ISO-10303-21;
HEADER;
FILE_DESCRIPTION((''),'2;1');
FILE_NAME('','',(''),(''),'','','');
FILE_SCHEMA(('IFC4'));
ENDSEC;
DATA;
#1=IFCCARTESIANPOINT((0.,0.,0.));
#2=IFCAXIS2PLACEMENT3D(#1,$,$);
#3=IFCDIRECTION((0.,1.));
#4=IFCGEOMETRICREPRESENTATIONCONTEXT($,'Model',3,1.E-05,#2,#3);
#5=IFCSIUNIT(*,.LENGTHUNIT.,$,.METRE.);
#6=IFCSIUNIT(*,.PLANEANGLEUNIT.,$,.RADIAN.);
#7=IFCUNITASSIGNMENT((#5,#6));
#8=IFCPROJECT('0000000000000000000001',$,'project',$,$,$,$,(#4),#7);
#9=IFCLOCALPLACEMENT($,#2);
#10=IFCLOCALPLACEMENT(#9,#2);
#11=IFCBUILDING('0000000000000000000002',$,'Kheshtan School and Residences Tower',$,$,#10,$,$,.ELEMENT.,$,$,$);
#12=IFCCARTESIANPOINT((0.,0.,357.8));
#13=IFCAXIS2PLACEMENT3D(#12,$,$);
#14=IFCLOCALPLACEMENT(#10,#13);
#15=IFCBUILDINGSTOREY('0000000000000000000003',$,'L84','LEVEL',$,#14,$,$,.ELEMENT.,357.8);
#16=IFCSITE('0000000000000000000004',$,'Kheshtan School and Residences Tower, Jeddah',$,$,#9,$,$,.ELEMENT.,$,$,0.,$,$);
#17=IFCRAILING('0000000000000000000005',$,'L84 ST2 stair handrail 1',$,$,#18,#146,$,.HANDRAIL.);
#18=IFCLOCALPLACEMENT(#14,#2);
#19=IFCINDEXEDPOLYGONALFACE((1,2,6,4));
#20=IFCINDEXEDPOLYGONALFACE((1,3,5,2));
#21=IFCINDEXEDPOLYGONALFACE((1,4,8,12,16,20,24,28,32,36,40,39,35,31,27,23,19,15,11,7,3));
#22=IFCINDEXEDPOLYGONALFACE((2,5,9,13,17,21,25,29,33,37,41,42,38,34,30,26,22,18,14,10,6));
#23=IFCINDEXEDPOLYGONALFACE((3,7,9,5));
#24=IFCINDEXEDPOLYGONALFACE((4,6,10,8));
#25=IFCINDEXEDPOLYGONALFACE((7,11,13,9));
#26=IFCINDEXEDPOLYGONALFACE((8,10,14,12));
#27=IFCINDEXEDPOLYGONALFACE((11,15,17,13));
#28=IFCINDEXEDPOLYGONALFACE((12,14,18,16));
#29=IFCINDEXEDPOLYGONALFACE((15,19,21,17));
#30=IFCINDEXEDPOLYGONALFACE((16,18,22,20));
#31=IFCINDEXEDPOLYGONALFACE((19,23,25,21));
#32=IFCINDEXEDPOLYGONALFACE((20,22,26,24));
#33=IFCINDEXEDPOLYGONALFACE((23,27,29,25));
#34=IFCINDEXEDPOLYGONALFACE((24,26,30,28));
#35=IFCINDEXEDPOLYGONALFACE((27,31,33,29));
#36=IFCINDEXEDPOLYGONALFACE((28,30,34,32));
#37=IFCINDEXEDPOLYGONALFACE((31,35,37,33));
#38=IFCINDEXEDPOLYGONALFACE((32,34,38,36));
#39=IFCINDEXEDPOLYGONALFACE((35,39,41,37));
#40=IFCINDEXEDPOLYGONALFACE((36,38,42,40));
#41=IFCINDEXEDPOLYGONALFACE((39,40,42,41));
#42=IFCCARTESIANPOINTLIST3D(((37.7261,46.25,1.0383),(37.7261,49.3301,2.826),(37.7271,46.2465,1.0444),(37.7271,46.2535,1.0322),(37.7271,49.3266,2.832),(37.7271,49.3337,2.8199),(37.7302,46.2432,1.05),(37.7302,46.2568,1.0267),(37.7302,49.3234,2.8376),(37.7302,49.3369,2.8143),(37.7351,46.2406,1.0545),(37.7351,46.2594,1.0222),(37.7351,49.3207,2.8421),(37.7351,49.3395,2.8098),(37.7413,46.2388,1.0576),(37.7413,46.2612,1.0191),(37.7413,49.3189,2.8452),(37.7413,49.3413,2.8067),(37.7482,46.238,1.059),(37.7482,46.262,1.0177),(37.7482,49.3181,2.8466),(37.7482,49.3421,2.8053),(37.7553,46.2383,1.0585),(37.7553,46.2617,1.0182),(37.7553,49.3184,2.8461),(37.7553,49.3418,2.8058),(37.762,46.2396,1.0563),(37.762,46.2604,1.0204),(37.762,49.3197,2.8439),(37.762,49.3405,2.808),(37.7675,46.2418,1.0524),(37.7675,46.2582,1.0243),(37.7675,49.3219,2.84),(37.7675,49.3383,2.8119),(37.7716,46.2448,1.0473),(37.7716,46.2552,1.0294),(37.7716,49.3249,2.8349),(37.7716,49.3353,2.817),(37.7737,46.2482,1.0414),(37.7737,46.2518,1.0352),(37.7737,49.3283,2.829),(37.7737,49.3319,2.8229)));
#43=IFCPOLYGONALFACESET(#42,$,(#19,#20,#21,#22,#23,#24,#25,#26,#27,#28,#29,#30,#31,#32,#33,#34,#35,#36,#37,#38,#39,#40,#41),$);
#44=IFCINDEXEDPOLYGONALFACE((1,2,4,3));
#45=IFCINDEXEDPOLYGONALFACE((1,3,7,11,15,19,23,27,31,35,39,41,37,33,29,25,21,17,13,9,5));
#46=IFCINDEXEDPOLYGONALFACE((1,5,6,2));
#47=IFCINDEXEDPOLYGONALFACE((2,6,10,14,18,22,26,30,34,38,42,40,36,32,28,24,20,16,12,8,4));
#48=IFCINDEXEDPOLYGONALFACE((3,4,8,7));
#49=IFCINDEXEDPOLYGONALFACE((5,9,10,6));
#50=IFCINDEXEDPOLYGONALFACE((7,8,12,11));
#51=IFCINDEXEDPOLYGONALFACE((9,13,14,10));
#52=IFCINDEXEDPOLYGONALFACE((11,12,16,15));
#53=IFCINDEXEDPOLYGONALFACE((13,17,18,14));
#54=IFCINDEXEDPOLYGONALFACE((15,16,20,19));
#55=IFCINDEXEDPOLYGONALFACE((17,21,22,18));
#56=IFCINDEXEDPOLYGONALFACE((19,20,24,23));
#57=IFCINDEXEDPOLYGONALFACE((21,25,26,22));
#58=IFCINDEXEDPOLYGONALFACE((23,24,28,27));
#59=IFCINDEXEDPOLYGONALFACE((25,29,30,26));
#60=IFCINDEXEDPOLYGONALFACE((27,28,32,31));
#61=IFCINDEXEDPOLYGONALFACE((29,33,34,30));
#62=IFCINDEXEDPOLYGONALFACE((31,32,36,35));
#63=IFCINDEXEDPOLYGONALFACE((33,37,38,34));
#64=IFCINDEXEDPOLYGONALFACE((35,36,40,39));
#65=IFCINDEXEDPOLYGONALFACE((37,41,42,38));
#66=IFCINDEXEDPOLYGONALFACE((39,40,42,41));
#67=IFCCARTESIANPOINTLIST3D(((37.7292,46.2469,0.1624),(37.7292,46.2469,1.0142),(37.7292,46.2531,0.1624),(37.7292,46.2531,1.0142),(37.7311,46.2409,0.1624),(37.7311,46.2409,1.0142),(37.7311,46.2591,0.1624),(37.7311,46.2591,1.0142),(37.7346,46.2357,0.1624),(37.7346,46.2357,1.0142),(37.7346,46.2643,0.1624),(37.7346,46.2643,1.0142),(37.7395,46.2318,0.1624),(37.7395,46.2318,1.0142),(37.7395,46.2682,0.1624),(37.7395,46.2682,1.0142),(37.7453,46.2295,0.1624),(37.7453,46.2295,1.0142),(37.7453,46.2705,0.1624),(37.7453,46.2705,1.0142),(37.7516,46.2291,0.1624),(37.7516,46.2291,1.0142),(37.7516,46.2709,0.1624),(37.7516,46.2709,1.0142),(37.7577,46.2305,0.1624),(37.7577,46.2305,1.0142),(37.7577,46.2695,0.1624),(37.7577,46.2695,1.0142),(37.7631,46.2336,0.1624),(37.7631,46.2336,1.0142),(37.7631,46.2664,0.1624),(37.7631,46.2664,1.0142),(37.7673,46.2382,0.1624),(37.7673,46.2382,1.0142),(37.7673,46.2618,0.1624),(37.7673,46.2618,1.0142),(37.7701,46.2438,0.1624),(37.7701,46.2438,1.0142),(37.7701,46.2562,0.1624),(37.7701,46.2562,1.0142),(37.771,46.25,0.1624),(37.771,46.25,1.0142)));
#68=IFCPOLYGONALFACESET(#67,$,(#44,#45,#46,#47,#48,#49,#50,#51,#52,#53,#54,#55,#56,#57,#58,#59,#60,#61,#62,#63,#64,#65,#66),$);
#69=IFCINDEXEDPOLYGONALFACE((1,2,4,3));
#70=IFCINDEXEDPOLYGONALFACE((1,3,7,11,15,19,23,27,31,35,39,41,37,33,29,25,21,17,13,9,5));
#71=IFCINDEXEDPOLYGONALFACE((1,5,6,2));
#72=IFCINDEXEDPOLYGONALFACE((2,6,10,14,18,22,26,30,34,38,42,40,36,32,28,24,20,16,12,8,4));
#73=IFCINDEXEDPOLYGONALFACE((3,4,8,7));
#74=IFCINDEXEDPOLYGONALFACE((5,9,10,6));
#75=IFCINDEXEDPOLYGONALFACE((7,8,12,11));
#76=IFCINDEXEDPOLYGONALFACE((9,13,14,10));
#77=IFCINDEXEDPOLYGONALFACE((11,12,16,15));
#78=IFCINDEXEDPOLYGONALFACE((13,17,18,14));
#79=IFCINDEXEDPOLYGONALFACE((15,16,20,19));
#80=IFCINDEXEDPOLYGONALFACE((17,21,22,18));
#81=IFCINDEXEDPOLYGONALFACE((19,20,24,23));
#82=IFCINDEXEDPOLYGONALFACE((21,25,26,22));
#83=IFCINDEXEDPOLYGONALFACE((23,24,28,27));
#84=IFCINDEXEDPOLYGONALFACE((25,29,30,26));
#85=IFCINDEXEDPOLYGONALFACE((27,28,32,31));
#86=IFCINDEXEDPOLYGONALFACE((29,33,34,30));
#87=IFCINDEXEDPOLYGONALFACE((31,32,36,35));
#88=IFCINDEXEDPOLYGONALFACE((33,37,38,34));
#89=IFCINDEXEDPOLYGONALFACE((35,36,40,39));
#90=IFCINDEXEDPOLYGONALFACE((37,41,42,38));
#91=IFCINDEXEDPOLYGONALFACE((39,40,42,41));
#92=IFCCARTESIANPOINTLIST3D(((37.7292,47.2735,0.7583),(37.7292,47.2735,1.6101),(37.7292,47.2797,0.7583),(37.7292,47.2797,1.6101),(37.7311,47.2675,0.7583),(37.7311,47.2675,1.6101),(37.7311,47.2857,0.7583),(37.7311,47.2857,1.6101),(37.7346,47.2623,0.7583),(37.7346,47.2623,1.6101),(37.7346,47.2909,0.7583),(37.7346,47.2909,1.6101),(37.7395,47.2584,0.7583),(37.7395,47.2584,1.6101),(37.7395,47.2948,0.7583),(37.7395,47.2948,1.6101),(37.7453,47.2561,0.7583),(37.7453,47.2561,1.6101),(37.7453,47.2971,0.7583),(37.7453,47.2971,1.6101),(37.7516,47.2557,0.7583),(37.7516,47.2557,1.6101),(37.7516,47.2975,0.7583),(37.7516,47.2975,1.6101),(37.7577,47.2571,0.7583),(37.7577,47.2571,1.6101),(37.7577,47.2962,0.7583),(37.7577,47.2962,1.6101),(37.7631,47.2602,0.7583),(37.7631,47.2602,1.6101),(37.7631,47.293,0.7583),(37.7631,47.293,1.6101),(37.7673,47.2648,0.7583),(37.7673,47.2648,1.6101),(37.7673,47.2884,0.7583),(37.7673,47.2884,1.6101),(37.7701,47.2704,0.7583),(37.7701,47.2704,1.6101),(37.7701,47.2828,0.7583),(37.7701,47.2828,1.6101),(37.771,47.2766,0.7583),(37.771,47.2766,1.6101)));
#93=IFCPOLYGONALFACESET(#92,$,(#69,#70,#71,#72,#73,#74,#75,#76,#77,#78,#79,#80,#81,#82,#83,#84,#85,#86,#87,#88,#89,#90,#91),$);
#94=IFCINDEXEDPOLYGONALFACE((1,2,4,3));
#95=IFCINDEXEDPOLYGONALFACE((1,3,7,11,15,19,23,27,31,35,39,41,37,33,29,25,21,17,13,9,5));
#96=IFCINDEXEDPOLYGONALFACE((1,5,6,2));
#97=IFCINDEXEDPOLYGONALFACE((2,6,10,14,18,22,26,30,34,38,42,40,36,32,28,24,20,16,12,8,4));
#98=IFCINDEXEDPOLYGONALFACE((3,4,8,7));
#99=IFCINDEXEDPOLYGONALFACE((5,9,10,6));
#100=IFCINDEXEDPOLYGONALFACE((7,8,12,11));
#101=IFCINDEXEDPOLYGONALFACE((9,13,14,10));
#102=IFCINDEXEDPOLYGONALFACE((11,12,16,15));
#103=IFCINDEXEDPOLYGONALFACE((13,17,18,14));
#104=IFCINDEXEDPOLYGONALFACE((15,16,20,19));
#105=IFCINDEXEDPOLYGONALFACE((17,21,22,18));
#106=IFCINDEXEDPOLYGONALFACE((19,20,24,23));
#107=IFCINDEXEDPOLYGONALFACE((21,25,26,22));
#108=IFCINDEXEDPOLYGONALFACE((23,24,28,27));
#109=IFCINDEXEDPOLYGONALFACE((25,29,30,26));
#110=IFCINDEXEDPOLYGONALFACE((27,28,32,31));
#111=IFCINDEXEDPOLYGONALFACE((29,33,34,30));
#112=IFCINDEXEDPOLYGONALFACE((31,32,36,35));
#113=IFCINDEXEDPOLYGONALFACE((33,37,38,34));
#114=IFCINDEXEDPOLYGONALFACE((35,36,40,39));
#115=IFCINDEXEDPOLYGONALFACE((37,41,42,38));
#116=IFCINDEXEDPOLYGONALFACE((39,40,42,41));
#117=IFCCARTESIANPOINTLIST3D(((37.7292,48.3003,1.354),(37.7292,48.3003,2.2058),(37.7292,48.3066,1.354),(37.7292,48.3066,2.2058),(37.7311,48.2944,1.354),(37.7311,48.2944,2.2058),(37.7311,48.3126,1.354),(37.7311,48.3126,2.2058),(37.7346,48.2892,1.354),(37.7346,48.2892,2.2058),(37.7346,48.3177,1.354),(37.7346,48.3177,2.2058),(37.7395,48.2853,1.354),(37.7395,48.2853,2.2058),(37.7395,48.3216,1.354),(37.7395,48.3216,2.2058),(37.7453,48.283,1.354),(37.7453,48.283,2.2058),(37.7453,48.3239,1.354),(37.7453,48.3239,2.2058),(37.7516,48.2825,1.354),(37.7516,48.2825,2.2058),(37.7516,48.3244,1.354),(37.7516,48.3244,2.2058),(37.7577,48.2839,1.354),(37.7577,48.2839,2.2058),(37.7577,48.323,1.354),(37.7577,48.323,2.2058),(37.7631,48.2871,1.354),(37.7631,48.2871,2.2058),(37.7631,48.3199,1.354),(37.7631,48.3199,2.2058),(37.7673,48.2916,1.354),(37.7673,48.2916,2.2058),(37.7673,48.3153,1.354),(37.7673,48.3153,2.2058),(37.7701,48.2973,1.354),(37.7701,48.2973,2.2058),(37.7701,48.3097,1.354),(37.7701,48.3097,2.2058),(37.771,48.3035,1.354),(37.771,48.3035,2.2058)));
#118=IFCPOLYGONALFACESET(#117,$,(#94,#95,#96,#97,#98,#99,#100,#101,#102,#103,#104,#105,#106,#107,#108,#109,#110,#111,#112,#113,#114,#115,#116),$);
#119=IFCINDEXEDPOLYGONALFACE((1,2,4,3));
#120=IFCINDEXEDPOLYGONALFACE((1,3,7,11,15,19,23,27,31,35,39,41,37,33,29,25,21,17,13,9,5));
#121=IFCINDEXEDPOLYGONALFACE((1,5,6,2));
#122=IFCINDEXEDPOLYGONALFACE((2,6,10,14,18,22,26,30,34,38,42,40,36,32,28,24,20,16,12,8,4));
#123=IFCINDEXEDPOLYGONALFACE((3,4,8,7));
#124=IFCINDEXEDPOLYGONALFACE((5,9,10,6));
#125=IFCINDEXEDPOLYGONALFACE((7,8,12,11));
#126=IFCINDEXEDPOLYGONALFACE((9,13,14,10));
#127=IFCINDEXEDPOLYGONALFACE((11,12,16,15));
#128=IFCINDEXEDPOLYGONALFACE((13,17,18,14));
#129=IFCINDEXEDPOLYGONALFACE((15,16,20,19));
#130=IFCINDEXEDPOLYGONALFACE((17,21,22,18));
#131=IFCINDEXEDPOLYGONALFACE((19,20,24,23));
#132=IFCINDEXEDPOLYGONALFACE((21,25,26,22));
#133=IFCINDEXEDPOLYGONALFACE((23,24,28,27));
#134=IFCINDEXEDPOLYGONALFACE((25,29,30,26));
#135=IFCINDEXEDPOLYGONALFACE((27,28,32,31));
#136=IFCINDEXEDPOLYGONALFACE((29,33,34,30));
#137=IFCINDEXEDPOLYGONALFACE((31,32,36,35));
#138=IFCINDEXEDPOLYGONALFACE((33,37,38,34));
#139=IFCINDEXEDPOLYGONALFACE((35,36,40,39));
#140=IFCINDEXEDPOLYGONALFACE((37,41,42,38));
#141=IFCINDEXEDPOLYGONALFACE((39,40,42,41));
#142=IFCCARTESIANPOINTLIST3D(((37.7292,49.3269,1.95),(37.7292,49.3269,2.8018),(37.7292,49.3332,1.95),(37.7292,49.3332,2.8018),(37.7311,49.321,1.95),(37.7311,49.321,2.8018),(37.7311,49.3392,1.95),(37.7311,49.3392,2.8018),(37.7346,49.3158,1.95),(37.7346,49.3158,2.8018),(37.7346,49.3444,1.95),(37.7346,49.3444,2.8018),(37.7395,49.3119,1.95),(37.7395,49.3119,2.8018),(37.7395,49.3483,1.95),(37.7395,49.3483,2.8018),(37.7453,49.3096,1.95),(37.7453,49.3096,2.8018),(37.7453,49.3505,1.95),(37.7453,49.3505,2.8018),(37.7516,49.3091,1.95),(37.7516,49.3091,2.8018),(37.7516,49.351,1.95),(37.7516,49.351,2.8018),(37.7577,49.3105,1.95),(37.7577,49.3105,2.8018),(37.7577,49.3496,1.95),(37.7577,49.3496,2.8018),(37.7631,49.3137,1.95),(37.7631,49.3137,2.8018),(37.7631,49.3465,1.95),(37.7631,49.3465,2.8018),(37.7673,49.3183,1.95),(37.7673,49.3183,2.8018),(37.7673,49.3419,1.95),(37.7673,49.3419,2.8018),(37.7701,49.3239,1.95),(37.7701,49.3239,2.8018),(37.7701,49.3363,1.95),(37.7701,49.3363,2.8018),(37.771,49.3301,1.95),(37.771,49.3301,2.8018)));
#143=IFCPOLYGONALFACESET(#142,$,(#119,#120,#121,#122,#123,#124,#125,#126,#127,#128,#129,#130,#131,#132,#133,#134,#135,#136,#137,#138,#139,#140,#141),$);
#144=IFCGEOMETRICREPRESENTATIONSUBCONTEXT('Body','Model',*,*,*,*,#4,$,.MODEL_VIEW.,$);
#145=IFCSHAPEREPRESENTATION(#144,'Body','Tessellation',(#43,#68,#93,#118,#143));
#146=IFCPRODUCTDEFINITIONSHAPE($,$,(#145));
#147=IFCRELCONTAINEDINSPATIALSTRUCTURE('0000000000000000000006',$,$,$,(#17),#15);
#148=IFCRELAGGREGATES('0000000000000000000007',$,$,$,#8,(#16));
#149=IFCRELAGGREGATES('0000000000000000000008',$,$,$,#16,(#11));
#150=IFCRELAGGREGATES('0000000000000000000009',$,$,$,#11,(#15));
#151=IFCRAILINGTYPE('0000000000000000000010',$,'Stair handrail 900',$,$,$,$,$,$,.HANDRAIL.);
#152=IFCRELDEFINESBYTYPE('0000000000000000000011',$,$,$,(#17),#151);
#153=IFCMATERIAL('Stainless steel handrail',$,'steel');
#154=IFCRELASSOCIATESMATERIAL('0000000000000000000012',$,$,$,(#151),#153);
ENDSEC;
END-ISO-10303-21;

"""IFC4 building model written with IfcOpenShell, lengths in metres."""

from ifc_helpers import new_model, si_unit, direction, frame, origin, origin_2d, place, context, subcontext, project, spatial, circle, extrude, material, type_object, element, save


model = new_model("IFC4")

# Units and contexts
model_context = context("Model", 3, precision=1e-05, world=origin(), true_north=direction((0.0, 1.0)))
body_context = subcontext(model_context, "Body", "Model", "MODEL_VIEW")
ifc_project = project(units=[si_unit("LENGTHUNIT", "METRE"), si_unit("PLANEANGLEUNIT", "RADIAN")], contexts=[model_context])

# Site, building, storey
site_placement = place(None, origin())
site = spatial("IfcSite", under=ifc_project, at=site_placement, Name="Kheshtan School and Residences Tower, Jeddah", CompositionType="ELEMENT", RefElevation=0.0)
building_placement = place(site_placement, origin())
building = spatial("IfcBuilding", under=site, at=building_placement, Name="Kheshtan School and Residences Tower", CompositionType="ELEMENT")
storey_placement = place(building_placement, frame((0.0, 0.0, 357.8)))
storey = spatial("IfcBuildingStorey", under=building, at=storey_placement, Name="L84", Description="LEVEL", CompositionType="ELEMENT", Elevation=357.8)

# Railing
ifc_material_1 = material(Name="Stainless steel handrail", Category="steel")
railing_type_1 = type_object("IfcRailingType", Name="Stair handrail 900", PredefinedType="HANDRAIL", material=ifc_material_1)
railing_1_placement = place(storey_placement, frame((37.75, 46.25, 0.1624)))
element("IfcRailing", 1, at=railing_1_placement, inside=storey, type_object=railing_type_1, Name="L84 ST2 stair handrail 1", PredefinedType="HANDRAIL", context=body_context, shape_type="SweptSolid", body=[
    extrude(circle(Radius=0.0239, at=origin_2d()), frame((0.0, 0.0, 0.876), z_axis=(0.0, 0.864891, 0.50196), x_axis=(-1.0, 0.0, 0.0)), (0.0, 0.0, 1.0), 3.5613),
    extrude(circle(Radius=0.021, at=origin_2d()), origin(), (0.0, 0.0, 1.0), 0.8518),
    extrude(circle(Radius=0.021, at=origin_2d()), frame((0.0, 1.0266, 0.5959)), (0.0, 0.0, 1.0), 0.8518),
    extrude(circle(Radius=0.021, at=origin_2d()), frame((0.0, 2.0535, 1.1917)), (0.0, 0.0, 1.0), 0.8518),
    extrude(circle(Radius=0.021, at=origin_2d()), frame((0.0, 3.0801, 1.7876)), (0.0, 0.0, 1.0), 0.8518),
])

save(model, "model.ifc")
